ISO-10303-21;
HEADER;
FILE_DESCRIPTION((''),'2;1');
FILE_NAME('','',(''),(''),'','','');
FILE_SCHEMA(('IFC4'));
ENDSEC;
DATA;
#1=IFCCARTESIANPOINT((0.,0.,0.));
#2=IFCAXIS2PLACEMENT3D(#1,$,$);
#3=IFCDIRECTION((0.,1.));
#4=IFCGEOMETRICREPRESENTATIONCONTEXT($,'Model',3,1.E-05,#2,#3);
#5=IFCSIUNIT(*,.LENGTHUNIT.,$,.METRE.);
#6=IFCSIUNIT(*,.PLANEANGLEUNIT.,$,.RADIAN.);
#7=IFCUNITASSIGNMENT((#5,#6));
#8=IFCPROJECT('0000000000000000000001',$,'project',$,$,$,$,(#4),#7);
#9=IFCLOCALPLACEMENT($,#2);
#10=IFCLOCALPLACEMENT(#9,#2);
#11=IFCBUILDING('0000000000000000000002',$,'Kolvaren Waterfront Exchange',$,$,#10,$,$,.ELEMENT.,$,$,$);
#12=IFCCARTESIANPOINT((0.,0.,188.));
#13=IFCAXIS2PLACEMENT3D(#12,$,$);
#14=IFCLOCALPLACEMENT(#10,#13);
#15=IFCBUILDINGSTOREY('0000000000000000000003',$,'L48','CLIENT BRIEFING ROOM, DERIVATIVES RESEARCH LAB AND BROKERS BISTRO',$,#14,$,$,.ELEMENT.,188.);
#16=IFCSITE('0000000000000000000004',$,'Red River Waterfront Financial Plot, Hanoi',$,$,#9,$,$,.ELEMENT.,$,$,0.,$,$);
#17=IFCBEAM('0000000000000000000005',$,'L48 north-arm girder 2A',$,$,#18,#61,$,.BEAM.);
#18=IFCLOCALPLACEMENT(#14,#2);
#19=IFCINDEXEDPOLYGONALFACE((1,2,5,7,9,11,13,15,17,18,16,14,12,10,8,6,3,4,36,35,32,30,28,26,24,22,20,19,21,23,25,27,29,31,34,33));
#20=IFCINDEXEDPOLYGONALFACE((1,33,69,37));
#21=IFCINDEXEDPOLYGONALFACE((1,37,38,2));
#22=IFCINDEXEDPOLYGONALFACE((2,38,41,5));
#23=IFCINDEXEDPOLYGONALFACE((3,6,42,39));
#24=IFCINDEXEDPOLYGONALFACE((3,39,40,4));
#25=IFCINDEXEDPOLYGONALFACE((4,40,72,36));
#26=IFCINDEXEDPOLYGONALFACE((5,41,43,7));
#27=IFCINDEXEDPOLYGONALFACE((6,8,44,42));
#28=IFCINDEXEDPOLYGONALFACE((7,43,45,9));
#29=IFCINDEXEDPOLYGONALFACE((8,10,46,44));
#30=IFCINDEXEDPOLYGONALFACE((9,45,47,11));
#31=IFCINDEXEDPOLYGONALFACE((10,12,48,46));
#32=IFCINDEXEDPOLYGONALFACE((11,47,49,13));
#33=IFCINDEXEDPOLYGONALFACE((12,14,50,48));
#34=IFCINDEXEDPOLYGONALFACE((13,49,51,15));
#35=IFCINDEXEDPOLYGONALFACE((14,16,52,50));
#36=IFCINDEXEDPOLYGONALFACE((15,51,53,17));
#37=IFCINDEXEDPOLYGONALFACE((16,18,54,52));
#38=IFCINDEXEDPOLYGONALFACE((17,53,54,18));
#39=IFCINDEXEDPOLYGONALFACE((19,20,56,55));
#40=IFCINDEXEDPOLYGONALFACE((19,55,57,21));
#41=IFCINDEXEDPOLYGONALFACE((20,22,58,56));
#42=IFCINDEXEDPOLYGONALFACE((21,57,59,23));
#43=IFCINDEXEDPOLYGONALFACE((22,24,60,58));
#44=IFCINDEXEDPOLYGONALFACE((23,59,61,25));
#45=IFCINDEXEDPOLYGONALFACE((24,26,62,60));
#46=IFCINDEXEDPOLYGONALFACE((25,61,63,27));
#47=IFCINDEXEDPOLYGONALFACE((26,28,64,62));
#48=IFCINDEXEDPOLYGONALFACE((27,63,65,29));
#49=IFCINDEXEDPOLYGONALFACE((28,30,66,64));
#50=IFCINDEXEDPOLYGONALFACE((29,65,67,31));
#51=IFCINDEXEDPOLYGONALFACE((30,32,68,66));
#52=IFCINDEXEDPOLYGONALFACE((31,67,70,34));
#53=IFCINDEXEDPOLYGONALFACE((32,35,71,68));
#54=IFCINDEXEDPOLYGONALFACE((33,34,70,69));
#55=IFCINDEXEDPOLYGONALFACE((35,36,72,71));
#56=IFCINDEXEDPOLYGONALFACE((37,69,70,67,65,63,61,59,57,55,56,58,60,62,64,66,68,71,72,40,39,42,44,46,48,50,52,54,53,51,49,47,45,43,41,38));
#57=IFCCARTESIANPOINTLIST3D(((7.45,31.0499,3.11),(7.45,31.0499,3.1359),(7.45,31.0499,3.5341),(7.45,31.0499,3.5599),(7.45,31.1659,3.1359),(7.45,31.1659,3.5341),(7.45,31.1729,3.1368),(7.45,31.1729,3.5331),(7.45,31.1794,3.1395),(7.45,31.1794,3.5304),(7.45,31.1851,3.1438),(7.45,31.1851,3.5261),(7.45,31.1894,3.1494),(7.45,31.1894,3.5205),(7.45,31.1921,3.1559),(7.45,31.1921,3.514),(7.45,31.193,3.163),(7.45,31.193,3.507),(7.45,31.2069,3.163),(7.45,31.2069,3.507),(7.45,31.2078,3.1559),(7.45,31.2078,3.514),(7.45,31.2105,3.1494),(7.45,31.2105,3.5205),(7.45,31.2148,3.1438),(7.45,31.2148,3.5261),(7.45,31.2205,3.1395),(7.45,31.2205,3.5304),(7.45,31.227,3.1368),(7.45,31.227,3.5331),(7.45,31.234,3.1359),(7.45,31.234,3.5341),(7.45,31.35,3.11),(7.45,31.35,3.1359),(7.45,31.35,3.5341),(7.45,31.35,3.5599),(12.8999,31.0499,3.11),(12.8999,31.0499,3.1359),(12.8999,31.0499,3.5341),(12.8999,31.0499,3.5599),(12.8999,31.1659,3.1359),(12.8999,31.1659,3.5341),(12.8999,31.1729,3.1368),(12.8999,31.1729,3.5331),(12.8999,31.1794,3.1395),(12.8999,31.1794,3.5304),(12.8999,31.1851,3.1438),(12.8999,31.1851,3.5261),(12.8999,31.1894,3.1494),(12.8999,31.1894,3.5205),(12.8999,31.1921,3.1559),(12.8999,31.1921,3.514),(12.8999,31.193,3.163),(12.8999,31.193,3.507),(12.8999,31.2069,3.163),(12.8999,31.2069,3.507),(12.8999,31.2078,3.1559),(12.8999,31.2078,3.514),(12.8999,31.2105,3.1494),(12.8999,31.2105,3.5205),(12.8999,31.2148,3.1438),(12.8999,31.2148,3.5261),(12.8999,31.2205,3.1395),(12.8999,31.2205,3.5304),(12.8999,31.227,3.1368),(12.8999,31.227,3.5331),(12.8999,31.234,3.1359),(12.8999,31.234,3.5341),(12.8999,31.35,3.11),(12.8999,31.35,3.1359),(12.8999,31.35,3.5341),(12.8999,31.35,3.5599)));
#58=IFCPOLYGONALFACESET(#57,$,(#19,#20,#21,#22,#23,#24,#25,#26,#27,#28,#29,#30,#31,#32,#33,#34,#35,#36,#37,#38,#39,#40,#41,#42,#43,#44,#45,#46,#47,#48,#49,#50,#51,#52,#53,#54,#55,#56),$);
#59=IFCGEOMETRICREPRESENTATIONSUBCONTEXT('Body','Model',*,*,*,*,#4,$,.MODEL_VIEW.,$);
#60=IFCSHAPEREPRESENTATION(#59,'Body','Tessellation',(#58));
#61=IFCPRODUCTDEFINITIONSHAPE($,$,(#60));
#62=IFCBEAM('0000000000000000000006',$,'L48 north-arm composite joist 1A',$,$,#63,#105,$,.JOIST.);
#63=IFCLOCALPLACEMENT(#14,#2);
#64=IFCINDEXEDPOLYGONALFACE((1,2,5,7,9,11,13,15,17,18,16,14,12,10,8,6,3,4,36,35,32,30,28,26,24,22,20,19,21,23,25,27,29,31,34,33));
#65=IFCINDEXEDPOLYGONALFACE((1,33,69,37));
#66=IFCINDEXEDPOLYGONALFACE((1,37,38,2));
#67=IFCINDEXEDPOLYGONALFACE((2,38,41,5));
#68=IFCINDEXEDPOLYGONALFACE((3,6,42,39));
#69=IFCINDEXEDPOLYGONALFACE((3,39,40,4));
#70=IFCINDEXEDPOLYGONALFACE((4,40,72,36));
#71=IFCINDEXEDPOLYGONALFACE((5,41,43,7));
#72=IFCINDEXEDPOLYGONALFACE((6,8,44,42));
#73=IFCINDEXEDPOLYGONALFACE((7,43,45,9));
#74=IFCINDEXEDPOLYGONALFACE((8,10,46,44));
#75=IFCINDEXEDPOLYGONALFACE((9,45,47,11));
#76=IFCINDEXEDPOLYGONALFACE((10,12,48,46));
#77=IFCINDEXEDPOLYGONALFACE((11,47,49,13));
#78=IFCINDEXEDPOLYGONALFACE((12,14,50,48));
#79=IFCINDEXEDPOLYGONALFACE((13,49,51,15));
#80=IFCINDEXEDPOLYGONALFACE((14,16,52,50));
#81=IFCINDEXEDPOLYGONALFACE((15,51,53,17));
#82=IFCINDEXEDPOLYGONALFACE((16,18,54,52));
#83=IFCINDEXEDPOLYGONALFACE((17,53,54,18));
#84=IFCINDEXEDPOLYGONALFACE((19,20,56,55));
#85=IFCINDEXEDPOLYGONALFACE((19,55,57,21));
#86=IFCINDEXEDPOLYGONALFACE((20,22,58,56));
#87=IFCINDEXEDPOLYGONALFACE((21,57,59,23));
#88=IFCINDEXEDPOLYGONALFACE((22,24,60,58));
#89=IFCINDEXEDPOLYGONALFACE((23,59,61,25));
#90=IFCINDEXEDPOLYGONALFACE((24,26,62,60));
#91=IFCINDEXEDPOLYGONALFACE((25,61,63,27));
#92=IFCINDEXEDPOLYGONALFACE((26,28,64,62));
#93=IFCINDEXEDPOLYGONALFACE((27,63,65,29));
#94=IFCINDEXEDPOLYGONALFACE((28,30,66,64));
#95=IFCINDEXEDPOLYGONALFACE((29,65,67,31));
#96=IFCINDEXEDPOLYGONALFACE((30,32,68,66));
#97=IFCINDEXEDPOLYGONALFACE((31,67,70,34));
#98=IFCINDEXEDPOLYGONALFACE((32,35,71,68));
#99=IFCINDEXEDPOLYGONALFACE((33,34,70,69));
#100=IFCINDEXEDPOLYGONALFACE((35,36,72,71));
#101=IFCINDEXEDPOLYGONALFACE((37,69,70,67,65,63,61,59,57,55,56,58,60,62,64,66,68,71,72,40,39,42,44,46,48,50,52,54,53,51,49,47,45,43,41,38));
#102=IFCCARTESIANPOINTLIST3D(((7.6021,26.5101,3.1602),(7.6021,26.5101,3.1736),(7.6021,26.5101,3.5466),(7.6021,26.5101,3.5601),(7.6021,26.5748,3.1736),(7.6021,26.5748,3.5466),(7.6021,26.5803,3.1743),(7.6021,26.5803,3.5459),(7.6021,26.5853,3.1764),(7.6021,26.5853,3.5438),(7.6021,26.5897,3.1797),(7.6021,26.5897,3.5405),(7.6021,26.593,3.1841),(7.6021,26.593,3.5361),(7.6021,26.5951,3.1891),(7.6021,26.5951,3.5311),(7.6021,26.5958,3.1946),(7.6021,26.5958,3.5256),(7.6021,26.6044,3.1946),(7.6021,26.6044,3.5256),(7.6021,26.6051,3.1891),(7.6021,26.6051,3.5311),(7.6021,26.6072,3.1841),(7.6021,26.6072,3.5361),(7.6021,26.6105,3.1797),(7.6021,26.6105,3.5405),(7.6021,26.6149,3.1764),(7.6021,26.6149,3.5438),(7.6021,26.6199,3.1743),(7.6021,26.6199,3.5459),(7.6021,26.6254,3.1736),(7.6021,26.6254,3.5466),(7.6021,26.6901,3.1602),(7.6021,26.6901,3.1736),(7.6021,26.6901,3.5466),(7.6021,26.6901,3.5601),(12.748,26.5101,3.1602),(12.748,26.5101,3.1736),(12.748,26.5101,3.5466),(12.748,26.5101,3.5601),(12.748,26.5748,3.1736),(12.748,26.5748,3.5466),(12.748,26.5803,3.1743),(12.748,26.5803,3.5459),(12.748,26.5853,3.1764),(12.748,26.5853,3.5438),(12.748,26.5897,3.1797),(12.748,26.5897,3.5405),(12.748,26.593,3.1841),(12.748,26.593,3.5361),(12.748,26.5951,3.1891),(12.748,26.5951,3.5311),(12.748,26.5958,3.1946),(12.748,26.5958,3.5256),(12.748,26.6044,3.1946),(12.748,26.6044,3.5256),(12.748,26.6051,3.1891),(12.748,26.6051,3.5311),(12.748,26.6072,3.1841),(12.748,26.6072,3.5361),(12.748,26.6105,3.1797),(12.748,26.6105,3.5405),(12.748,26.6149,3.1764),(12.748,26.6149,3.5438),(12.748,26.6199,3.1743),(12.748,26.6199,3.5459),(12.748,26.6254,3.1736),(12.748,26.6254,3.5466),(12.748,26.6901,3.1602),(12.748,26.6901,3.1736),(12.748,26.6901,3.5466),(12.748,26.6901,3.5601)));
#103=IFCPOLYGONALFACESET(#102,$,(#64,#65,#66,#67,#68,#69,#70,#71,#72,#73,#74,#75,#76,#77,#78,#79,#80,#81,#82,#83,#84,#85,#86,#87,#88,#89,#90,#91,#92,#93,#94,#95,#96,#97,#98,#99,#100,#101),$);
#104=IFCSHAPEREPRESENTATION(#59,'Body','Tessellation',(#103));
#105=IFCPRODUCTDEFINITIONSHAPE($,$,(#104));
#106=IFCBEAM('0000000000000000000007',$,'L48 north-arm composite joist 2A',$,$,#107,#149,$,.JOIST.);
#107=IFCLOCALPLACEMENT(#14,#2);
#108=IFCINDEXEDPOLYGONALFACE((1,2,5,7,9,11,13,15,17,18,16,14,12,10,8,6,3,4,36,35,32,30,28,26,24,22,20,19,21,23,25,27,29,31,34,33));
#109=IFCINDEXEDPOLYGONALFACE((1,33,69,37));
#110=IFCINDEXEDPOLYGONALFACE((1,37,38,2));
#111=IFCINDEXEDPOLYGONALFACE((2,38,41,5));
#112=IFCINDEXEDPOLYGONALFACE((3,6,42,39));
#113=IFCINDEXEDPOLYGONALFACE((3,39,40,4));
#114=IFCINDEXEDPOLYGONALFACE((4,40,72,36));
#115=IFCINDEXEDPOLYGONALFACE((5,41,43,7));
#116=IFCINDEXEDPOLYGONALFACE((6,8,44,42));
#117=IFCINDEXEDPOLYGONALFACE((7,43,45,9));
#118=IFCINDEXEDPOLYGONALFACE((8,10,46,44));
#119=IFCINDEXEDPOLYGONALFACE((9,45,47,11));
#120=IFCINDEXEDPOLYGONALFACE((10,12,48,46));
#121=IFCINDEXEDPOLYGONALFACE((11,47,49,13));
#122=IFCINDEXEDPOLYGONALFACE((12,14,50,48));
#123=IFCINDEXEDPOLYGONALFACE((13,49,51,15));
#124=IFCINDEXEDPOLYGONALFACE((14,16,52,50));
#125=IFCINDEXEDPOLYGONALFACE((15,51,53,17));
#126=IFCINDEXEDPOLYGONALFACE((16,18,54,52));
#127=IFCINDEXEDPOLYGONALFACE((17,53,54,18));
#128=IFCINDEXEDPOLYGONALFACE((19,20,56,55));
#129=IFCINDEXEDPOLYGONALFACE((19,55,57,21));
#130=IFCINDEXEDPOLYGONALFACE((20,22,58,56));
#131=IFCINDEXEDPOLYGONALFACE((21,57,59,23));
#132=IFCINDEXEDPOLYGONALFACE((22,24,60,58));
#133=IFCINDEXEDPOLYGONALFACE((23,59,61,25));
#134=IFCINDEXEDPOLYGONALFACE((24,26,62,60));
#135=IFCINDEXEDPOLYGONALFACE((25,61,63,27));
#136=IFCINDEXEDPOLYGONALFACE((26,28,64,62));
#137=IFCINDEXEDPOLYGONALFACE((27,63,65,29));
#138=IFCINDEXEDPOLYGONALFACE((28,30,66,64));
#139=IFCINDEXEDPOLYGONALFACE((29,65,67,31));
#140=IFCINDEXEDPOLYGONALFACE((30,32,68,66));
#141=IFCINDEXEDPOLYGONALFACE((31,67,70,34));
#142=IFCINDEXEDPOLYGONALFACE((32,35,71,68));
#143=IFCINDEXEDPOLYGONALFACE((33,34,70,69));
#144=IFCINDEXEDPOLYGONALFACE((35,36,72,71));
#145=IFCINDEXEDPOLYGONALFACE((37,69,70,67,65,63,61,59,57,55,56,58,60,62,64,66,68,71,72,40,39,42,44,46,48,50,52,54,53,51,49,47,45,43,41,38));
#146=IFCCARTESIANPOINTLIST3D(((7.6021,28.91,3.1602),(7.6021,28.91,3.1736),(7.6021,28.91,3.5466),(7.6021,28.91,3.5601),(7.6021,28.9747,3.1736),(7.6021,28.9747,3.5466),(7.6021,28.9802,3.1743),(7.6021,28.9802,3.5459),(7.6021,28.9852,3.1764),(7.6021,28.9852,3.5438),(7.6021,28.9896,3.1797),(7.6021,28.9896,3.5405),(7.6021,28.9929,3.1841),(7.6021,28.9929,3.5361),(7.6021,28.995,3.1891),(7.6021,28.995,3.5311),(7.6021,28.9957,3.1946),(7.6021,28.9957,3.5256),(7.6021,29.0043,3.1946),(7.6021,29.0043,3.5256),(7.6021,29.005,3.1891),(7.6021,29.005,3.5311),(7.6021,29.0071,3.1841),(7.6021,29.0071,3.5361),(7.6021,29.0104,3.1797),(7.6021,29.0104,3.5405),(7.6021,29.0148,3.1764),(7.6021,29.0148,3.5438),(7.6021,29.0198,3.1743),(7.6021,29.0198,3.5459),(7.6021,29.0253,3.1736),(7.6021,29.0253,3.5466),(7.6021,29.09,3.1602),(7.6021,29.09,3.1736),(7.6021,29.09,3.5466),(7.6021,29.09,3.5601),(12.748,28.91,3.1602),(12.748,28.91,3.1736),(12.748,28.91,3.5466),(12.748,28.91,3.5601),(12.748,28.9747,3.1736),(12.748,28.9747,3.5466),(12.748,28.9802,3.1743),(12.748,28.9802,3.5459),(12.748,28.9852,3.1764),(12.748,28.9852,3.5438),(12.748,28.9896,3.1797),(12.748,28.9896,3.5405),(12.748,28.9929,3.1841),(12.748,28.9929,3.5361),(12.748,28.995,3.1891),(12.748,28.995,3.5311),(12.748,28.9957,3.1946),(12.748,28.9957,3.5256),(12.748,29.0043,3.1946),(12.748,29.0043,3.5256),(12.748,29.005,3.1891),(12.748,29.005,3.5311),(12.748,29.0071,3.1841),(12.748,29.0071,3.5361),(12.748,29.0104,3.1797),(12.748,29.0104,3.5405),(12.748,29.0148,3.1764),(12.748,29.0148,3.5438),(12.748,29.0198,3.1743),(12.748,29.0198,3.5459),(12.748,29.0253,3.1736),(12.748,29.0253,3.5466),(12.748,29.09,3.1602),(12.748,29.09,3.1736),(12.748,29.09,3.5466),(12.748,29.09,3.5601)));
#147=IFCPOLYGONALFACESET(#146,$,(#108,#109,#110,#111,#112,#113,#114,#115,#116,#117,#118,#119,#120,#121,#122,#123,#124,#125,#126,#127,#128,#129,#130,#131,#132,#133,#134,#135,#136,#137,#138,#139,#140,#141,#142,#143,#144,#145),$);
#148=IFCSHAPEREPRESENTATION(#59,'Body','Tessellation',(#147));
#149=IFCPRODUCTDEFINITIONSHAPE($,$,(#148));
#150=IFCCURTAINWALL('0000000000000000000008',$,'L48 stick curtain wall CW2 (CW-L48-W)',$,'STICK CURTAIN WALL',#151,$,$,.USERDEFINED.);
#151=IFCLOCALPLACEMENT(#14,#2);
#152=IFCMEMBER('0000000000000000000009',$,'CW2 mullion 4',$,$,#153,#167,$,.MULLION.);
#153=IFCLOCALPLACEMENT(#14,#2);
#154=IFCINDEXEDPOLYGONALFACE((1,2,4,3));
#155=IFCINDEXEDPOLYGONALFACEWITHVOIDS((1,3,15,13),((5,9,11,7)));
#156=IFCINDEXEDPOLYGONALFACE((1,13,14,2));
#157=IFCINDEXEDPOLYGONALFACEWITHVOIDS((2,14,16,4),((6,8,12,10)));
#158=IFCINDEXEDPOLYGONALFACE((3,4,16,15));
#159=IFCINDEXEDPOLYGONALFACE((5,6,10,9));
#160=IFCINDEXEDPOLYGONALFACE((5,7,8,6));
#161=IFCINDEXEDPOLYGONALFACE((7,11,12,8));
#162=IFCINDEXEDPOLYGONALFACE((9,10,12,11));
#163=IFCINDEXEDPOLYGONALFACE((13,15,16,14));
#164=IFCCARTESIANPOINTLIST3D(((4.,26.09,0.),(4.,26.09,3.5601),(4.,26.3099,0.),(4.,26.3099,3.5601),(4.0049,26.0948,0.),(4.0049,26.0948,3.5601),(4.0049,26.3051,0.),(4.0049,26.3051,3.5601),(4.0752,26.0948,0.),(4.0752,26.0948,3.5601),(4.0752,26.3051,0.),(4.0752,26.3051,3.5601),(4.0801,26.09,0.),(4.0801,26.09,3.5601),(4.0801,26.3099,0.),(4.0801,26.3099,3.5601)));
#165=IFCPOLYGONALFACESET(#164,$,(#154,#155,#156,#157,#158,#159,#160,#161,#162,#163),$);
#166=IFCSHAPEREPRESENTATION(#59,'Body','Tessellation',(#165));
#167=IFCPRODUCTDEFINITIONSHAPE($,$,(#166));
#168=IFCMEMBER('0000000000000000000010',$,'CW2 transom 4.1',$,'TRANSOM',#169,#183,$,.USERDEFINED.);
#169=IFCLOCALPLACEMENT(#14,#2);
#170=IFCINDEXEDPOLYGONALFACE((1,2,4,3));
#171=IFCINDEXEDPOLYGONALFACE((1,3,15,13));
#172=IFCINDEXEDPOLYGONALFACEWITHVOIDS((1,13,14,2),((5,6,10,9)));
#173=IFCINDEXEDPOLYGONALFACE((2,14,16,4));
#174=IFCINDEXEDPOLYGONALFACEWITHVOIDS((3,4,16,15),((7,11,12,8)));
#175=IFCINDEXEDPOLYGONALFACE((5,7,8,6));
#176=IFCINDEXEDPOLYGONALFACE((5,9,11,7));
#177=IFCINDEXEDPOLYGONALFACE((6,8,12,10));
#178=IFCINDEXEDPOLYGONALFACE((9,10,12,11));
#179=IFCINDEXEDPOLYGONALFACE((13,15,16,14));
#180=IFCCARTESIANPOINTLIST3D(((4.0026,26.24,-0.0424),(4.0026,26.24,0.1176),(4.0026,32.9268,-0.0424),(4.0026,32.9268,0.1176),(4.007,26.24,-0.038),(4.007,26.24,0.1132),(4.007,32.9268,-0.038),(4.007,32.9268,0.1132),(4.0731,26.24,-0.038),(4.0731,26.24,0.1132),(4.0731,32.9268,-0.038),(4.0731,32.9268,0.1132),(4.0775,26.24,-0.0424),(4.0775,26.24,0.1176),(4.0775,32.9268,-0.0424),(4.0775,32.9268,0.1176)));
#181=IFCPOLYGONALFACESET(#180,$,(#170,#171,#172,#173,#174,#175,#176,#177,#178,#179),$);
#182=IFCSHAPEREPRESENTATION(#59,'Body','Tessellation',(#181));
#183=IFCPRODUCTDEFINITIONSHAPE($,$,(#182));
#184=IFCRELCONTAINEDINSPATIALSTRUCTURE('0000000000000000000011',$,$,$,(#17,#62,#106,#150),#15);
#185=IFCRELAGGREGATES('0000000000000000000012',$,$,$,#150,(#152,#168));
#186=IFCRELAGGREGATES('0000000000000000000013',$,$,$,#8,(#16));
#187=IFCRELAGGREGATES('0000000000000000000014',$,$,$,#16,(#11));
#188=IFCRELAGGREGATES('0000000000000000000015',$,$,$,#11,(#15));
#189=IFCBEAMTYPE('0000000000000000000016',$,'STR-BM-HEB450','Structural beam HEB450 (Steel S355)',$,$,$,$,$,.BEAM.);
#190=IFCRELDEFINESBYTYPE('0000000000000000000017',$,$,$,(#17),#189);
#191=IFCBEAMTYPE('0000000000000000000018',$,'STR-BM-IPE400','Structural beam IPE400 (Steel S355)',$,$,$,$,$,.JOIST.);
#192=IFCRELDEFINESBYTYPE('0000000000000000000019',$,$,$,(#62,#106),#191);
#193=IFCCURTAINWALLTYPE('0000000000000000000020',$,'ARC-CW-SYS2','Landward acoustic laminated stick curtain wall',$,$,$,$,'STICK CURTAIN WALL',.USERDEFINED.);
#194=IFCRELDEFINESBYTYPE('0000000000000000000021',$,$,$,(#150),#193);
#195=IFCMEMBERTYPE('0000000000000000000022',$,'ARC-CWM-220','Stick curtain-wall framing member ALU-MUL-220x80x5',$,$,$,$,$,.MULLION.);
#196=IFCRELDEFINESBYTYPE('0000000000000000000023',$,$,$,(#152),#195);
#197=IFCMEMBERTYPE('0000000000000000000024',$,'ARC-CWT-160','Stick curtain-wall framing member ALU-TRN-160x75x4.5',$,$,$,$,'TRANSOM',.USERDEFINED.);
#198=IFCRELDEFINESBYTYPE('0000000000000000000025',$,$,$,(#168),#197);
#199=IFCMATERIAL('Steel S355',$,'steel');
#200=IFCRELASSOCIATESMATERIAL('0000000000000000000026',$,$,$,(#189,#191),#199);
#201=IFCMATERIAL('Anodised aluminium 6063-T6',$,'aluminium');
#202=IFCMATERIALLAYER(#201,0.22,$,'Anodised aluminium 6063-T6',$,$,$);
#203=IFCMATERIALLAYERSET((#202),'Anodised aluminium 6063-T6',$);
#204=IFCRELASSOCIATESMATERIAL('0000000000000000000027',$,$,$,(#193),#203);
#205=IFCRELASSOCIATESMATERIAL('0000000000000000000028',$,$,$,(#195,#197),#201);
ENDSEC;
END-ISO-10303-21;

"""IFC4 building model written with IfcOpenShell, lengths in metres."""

from ifc_helpers import new_model, si_unit, direction, frame, origin, origin_with_axes, origin_2d, place, context, subcontext, project, spatial, hollow_rectangle, i_section, extrude, source, transform, mapped, material, layer, layer_set, material_profile, profile_set, type_object, element, aggregate, save


model = new_model("IFC4")

# Units and contexts
model_context = context("Model", 3, precision=1e-05, world=origin(), true_north=direction((0.0, 1.0)))
body_context = subcontext(model_context, "Body", "Model", "MODEL_VIEW")
ifc_project = project(units=[si_unit("LENGTHUNIT", "METRE"), si_unit("PLANEANGLEUNIT", "RADIAN")], contexts=[model_context])

# Site, building, storey
site_placement = place(None, origin())
site = spatial("IfcSite", under=ifc_project, at=site_placement, Name="Red River Waterfront Financial Plot, Hanoi", CompositionType="ELEMENT", RefElevation=0.0)
building_placement = place(site_placement, origin())
building = spatial("IfcBuilding", under=site, at=building_placement, Name="Kolvaren Waterfront Exchange", CompositionType="ELEMENT")
storey_placement = place(building_placement, frame((0.0, 0.0, 188.0)))
storey = spatial("IfcBuildingStorey", under=building, at=storey_placement, Name="L48", Description="CLIENT BRIEFING ROOM, DERIVATIVES RESEARCH LAB AND BROKERS BISTRO", CompositionType="ELEMENT", Elevation=188.0)

# Beams
ifc_material_1 = material(Name="Steel S355", Category="steel")
ifc_material_profile_1 = material_profile(ifc_material_1, i_section(OverallWidth=0.3, OverallDepth=0.45, WebThickness=0.0139, FlangeThickness=0.0259, FilletRadius=0.0271, at=origin_2d()), Name="HEB450")
ifc_profile_set_1 = profile_set([ifc_material_profile_1], Name="Steel S355")
beam_type_1 = type_object("IfcBeamType", Name="STR-BM-HEB450", Description="Structural beam HEB450 (Steel S355)", PredefinedType="BEAM", material=ifc_profile_set_1)
for number, where, z_axis, x_axis, name in (
    (1, (7.45, 31.2, 3.335), (1.0, 0.0, 0.0), (0.0, 1.0, 0.0), "L48 north-arm girder 2A"),
):
    element("IfcBeam", number, at=place(storey_placement, frame(where, z_axis=z_axis, x_axis=x_axis)), inside=storey, type_object=beam_type_1, Name=name, PredefinedType="BEAM", context=body_context, shape_type="SweptSolid", body=[
        extrude(i_section(OverallWidth=0.3, OverallDepth=0.45, WebThickness=0.0139, FlangeThickness=0.0259, FilletRadius=0.0271, at=origin_2d()), origin(), (0.0, 0.0, 1.0), 5.45),
    ])
ifc_material_profile_2 = material_profile(ifc_material_1, i_section(OverallWidth=0.1799, OverallDepth=0.3999, WebThickness=0.0085, FlangeThickness=0.0134, FilletRadius=0.021, at=origin_2d()), Name="IPE400")
ifc_profile_set_2 = profile_set([ifc_material_profile_2], Name="Steel S355")
beam_type_2 = type_object("IfcBeamType", Name="STR-BM-IPE400", Description="Structural beam IPE400 (Steel S355)", PredefinedType="JOIST", material=ifc_profile_set_2)
for number, where, z_axis, x_axis, name in (
    (2, (7.6021, 26.6001, 3.3601), (1.0, 0.0, 0.0), (0.0, 1.0, 0.0), "L48 north-arm composite joist 1A"),
    (3, (7.6021, 29.0, 3.3601), (1.0, 0.0, 0.0), (0.0, 1.0, 0.0), "L48 north-arm composite joist 2A"),
):
    element("IfcBeam", number, at=place(storey_placement, frame(where, z_axis=z_axis, x_axis=x_axis)), inside=storey, type_object=beam_type_2, Name=name, PredefinedType="JOIST", context=body_context, shape_type="SweptSolid", body=[
        extrude(i_section(OverallWidth=0.1799, OverallDepth=0.3999, WebThickness=0.0085, FlangeThickness=0.0134, FilletRadius=0.021, at=origin_2d()), origin(), (0.0, 0.0, 1.0), 5.146),
    ])

# Curtain wall, members
ifc_material_2 = material(Name="Anodised aluminium 6063-T6", Category="aluminium")
ifc_layer_1 = layer(ifc_material_2, 0.22, Name="Anodised aluminium 6063-T6")
ifc_layer_set_1 = layer_set([ifc_layer_1], Name="Anodised aluminium 6063-T6")
curtain_wall_type = type_object("IfcCurtainWallType", Name="ARC-CW-SYS2", Description="Landward acoustic laminated stick curtain wall", ElementType="STICK CURTAIN WALL", PredefinedType="USERDEFINED", material=ifc_layer_set_1)
curtain_wall_placement = place(storey_placement, origin())
curtain_wall = element("IfcCurtainWall", 4, at=curtain_wall_placement, inside=storey, type_object=curtain_wall_type, Name="L48 stick curtain wall CW2 (CW-L48-W)", ObjectType="STICK CURTAIN WALL", PredefinedType="USERDEFINED")
ifc_material_profile_3 = material_profile(ifc_material_2, hollow_rectangle(XDim=0.0801, YDim=0.22, WallThickness=0.0049, at=origin_2d()), Name="ALU-MUL-220x80x5")
ifc_profile_set_3 = profile_set([ifc_material_profile_3], Name="Anodised aluminium 6063-T6")
member_type_1 = type_object("IfcMemberType", Name="ARC-CWM-220", Description="Stick curtain-wall framing member ALU-MUL-220x80x5", PredefinedType="MULLION", material=ifc_profile_set_3)
shared_shape_1 = source(origin_with_axes(), body_context, "Body", "SweptSolid", [
    extrude(hollow_rectangle(XDim=0.0801, YDim=0.22, WallThickness=0.0049, at=origin_2d()), origin(), (0.0, 0.0, 1.0), 3.5601),
])
member_1_placement = place(storey_placement, frame((4.04, 26.2, 0.0), z_axis=(0.0, 0.0, 1.0), x_axis=(-1.0, 0.0, 0.0)))
member_1 = element("IfcMember", 5, at=member_1_placement, type_object=member_type_1, Name="CW2 mullion 4", PredefinedType="MULLION", context=body_context, shape_type="MappedRepresentation", body=[
    mapped(shared_shape_1, transform((0.0, 0.0, 0.0), x_axis=(1.0, 0.0, 0.0), y_axis=(0.0, 1.0, 0.0), z_axis=(0.0, 0.0, 1.0), scale=1.0)),
])
ifc_material_profile_4 = material_profile(ifc_material_2, hollow_rectangle(XDim=0.075, YDim=0.1599, WallThickness=0.0044, at=origin_2d()), Name="ALU-TRN-160x75x4.5")
ifc_profile_set_4 = profile_set([ifc_material_profile_4], Name="Anodised aluminium 6063-T6")
member_type_2 = type_object("IfcMemberType", Name="ARC-CWT-160", Description="Stick curtain-wall framing member ALU-TRN-160x75x4.5", ElementType="TRANSOM", PredefinedType="USERDEFINED", material=ifc_profile_set_4)
shared_shape_2 = source(origin_with_axes(), body_context, "Body", "SweptSolid", [
    extrude(hollow_rectangle(XDim=0.075, YDim=0.1599, WallThickness=0.0044, at=origin_2d()), origin(), (0.0, 0.0, 1.0), 6.6868),
])
member_2_placement = place(storey_placement, frame((4.04, 26.24, 0.0376), z_axis=(0.0, 1.0, 0.0), x_axis=(-1.0, 0.0, 0.0)))
member_2 = element("IfcMember", 6, at=member_2_placement, type_object=member_type_2, Name="CW2 transom 4.1", ObjectType="TRANSOM", PredefinedType="USERDEFINED", context=body_context, shape_type="MappedRepresentation", body=[
    mapped(shared_shape_2, transform((0.0, 0.0, 0.0), x_axis=(1.0, 0.0, 0.0), y_axis=(0.0, 1.0, 0.0), z_axis=(0.0, 0.0, 1.0), scale=1.0)),
])
aggregate(curtain_wall, [member_1, member_2])

save(model, "model.ifc")
